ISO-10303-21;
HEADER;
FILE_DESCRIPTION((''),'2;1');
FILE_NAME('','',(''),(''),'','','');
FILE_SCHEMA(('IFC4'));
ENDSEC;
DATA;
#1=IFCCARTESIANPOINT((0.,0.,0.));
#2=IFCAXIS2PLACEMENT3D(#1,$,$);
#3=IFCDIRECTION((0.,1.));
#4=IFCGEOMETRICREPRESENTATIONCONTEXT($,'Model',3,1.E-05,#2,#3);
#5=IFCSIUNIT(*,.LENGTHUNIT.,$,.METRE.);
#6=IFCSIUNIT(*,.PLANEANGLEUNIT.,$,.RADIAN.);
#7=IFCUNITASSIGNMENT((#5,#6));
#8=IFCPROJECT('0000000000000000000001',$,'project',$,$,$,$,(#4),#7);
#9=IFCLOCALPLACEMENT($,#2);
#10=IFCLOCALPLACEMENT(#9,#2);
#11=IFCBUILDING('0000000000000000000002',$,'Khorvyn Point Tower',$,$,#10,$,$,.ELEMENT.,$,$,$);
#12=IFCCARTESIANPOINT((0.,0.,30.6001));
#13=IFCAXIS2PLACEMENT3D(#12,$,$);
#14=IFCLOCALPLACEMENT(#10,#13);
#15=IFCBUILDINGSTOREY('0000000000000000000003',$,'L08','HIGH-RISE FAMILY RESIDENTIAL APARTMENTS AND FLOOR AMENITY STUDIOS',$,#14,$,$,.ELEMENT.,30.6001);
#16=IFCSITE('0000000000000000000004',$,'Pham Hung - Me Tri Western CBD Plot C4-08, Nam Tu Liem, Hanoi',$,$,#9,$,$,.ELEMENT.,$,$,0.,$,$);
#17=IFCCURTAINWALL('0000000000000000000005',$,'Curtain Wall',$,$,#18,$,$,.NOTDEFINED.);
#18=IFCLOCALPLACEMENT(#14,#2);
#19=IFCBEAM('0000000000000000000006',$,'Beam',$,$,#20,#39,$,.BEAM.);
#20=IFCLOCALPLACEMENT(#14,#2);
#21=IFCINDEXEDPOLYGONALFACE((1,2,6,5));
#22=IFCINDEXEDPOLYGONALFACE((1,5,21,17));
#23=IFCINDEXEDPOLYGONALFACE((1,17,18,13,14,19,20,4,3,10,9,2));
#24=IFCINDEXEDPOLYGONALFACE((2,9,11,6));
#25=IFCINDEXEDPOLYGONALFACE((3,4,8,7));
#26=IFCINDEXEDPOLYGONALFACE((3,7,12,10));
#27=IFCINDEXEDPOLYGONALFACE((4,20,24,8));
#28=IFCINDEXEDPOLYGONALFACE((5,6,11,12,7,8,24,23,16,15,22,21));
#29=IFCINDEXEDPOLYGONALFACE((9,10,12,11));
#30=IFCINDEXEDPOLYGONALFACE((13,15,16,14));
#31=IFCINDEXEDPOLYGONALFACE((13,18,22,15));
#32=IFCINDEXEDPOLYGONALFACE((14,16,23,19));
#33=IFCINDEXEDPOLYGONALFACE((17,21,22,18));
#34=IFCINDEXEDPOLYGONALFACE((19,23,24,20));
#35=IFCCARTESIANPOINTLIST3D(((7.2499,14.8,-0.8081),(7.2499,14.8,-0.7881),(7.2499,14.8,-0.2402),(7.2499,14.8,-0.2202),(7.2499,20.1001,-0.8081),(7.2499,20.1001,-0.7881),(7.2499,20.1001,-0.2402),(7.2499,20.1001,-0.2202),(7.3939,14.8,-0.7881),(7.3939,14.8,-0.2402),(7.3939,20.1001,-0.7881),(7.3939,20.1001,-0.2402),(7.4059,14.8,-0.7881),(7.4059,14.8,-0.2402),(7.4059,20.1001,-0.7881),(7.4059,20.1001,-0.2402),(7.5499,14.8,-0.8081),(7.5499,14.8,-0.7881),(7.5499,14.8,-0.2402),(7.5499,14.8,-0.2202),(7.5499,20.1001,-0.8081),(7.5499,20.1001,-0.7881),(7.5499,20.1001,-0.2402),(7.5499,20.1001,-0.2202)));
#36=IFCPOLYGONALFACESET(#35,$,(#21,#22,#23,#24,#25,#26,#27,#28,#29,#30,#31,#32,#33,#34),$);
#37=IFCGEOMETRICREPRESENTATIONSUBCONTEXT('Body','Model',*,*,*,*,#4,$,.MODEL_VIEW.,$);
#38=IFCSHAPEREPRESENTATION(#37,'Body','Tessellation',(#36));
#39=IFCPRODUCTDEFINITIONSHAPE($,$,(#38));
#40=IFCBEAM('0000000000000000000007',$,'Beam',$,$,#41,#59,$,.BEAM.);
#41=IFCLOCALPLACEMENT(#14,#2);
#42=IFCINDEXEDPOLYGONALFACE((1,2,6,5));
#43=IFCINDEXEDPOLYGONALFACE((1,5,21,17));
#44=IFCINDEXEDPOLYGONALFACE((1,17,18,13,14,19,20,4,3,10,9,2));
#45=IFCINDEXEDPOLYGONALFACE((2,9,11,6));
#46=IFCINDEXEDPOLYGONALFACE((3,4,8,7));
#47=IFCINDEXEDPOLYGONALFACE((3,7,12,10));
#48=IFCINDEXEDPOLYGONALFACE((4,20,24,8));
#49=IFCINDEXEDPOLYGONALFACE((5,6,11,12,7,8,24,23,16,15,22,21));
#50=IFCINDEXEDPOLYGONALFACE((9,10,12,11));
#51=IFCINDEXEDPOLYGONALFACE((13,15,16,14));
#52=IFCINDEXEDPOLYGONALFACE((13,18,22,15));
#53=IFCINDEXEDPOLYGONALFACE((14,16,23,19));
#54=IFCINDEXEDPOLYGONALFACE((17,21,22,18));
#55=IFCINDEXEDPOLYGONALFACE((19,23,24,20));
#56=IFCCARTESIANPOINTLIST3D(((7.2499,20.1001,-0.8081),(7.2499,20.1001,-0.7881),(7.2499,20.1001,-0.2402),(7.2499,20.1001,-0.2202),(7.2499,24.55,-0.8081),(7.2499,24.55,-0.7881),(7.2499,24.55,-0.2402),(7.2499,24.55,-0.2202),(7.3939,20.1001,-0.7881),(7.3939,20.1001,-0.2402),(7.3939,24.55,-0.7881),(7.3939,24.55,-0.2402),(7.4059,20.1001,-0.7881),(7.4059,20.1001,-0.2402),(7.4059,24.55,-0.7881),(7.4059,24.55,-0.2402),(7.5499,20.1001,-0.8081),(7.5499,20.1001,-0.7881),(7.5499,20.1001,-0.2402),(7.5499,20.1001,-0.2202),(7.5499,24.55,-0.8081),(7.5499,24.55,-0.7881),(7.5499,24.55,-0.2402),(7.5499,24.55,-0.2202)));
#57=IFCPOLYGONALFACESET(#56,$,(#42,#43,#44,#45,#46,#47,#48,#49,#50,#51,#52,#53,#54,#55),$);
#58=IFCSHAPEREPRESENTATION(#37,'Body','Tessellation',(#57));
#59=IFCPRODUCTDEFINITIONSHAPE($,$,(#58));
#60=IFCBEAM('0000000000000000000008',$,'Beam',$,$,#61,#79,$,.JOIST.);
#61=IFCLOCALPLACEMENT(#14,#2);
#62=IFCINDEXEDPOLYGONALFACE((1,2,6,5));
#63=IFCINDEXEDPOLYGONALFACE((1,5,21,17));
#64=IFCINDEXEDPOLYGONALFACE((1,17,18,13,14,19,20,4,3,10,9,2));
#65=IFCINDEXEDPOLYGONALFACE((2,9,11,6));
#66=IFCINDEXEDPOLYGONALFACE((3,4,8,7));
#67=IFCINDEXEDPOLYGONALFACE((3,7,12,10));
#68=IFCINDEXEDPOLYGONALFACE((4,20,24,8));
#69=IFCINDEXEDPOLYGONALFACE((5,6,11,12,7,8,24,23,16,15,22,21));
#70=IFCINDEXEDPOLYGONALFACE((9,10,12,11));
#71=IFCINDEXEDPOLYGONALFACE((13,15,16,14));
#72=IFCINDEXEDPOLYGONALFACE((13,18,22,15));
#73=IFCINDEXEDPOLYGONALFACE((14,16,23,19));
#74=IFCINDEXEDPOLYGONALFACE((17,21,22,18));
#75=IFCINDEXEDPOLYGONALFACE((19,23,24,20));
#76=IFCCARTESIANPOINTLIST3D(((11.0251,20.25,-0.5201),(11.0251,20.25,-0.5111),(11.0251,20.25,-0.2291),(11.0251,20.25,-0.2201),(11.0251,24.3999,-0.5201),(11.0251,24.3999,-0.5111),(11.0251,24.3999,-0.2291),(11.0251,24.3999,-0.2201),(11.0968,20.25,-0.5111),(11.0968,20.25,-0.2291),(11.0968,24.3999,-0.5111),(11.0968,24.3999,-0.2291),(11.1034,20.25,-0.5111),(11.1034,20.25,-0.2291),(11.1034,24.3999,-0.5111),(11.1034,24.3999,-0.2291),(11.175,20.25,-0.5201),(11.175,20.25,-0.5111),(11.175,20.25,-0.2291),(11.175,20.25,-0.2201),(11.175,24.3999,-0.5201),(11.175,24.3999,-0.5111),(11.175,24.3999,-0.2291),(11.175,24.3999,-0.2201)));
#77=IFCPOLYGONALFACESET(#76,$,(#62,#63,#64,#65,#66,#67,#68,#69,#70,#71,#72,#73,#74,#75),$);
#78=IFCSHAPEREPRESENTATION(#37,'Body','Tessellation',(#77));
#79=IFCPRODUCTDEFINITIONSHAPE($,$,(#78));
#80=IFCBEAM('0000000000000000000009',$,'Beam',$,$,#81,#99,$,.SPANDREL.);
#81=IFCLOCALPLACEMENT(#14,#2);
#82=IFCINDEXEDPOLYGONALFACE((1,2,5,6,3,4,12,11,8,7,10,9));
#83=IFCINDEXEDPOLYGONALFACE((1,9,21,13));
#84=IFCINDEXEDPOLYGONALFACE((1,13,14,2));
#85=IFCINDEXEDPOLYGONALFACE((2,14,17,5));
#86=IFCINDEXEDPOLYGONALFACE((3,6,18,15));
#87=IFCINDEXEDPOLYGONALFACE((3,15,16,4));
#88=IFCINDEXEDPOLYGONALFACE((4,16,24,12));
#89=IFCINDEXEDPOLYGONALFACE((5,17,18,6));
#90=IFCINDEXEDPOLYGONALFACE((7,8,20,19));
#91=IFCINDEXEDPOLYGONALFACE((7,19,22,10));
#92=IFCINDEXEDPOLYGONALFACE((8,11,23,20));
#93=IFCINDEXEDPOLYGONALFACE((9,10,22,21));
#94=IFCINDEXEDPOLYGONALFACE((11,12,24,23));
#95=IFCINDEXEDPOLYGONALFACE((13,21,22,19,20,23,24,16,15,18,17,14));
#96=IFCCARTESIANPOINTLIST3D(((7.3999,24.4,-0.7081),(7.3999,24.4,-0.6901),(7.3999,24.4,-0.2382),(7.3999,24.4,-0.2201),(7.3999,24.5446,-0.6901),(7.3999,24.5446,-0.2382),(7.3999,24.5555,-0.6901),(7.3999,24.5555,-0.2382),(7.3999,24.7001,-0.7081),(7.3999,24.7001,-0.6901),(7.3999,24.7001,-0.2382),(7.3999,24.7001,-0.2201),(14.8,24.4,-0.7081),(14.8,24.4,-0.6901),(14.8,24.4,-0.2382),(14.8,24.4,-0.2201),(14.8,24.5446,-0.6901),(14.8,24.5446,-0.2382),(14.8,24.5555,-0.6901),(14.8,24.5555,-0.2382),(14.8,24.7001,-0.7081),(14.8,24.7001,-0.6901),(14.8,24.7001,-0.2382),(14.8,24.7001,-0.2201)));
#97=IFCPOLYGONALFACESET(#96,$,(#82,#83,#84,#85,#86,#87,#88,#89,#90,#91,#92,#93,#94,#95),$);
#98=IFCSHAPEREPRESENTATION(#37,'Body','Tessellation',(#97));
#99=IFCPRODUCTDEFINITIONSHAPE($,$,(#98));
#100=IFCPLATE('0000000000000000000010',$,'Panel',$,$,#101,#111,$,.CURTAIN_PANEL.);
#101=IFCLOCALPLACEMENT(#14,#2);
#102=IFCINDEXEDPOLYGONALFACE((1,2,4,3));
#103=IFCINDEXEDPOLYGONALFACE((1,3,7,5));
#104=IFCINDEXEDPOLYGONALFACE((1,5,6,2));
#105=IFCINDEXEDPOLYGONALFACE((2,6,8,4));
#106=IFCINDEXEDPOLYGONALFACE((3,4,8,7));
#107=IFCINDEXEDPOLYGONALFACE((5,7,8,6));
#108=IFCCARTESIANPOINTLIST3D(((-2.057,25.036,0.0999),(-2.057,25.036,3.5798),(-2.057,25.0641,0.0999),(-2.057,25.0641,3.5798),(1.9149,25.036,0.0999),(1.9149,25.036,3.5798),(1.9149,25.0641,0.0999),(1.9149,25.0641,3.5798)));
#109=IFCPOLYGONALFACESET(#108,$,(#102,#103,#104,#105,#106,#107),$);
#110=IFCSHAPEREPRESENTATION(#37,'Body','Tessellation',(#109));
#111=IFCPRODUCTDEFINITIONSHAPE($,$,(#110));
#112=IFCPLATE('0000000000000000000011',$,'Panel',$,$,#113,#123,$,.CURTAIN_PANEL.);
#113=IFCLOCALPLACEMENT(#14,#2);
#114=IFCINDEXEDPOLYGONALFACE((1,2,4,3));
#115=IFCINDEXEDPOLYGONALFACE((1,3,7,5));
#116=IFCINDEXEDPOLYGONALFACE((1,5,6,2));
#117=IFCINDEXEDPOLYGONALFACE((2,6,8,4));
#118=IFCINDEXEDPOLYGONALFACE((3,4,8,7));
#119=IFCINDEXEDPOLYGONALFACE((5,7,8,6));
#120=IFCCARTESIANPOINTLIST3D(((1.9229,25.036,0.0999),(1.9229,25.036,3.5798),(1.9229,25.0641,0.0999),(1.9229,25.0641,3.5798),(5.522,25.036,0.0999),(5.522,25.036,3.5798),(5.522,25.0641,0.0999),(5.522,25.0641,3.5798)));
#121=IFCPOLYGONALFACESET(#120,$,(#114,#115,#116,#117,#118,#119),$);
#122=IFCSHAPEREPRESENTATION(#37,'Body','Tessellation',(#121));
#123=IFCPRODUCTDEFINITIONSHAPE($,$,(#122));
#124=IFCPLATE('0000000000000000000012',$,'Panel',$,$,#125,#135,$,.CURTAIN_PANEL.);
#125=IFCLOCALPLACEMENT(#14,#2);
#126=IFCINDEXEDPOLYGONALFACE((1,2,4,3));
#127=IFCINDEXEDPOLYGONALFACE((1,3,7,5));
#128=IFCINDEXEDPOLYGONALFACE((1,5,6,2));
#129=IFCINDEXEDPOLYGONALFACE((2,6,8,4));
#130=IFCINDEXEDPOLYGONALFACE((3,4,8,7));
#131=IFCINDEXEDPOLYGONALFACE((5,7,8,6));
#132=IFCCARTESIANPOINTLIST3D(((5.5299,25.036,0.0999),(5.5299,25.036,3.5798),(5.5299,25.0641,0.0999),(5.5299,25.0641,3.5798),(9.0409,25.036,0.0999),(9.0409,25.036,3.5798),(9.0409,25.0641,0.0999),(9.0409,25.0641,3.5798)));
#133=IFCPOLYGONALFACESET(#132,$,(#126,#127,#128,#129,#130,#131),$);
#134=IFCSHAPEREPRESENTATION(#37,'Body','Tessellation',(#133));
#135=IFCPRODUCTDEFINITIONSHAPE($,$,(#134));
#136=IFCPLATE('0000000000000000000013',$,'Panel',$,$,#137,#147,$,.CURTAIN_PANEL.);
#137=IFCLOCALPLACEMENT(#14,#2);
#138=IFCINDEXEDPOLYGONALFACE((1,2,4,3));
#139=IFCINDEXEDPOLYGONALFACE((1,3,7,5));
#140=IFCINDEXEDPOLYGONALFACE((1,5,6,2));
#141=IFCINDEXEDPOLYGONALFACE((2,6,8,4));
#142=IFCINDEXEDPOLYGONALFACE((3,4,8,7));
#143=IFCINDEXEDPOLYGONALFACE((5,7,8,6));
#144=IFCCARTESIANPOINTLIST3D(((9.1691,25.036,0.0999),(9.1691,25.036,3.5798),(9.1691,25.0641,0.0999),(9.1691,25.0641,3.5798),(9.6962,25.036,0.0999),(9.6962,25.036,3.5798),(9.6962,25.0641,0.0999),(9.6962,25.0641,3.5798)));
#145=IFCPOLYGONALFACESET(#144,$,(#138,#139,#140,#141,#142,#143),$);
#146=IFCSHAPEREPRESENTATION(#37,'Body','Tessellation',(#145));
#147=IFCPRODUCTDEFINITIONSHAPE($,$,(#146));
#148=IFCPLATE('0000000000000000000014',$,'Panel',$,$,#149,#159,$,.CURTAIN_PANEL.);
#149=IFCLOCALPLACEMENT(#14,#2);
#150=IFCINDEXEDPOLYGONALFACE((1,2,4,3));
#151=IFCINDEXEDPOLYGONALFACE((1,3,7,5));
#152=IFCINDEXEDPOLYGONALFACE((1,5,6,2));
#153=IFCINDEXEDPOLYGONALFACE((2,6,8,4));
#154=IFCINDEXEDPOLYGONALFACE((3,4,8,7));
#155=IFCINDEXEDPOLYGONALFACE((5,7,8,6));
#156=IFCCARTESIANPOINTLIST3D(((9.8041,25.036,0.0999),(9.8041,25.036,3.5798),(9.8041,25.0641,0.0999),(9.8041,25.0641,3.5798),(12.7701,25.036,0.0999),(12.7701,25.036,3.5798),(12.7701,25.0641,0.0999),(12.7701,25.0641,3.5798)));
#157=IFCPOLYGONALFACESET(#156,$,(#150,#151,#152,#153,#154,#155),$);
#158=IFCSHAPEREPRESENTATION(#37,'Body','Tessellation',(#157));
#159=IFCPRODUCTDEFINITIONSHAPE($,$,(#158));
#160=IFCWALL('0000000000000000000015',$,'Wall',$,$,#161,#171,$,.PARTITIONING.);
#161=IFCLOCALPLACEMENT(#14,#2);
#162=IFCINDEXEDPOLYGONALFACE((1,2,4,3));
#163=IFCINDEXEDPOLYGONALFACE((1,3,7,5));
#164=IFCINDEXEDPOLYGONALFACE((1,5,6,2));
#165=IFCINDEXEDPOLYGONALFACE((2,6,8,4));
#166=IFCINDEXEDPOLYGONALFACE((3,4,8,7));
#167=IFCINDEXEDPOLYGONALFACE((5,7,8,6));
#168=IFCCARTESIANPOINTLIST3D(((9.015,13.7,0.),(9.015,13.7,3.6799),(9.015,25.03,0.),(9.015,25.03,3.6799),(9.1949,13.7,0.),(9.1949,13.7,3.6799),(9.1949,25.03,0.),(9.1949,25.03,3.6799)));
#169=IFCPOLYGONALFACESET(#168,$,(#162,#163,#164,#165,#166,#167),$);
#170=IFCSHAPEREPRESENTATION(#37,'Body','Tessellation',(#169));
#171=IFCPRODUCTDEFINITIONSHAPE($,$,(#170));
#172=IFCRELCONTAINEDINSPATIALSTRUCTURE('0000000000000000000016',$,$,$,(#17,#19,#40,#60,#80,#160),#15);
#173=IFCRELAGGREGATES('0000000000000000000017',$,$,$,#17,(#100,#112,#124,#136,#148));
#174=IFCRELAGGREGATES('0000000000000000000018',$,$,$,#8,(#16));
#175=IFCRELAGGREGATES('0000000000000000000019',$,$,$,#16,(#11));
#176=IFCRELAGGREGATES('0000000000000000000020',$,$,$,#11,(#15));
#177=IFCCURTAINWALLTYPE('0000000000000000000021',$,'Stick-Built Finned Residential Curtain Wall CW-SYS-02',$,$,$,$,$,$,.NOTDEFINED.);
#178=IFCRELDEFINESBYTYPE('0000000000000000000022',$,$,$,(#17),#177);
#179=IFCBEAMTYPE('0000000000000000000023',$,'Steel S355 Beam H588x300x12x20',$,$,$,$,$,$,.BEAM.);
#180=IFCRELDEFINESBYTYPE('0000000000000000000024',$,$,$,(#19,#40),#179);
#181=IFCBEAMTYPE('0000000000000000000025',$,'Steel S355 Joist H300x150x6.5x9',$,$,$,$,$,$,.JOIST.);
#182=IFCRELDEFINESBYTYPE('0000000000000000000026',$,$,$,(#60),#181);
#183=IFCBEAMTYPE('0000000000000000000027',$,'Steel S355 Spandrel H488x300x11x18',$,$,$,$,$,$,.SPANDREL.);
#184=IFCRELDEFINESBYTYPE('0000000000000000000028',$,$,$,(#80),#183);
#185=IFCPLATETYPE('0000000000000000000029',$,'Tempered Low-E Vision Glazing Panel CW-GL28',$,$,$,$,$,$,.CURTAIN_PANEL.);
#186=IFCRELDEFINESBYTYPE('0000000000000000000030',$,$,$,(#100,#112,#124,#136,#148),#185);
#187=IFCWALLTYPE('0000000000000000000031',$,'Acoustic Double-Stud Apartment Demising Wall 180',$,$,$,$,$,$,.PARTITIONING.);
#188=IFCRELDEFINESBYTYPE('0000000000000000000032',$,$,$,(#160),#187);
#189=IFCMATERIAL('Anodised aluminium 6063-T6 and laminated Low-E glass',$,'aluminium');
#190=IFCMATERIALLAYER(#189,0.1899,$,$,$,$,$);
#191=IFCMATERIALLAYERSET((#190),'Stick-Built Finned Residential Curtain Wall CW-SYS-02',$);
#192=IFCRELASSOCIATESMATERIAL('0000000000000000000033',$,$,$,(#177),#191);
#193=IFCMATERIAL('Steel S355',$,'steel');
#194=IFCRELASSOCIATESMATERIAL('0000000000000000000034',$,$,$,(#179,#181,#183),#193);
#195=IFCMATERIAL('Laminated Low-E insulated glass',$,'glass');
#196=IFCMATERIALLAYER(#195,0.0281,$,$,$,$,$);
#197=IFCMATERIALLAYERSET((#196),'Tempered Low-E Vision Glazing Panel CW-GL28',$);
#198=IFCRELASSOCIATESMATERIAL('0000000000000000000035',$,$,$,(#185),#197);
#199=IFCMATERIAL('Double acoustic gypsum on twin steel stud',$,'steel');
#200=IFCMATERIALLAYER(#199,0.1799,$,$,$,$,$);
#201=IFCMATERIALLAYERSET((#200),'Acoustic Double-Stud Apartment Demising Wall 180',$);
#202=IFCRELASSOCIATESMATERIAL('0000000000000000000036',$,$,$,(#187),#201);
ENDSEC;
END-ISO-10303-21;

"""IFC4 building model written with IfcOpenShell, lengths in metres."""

from ifc_helpers import new_model, si_unit, direction, frame, frame_2d, origin, origin_2d, place, context, subcontext, project, spatial, rectangle, i_section, extrude, material, layer, layer_set, material_profile, profile_set, type_object, element, aggregate, save


model = new_model("IFC4")

# Units and contexts
model_context = context("Model", 3, precision=1e-05, world=origin(), true_north=direction((0.0, 1.0)))
body_context = subcontext(model_context, "Body", "Model", "MODEL_VIEW")
ifc_project = project(units=[si_unit("LENGTHUNIT", "METRE"), si_unit("PLANEANGLEUNIT", "RADIAN")], contexts=[model_context])

# Site, building, storey
site_placement = place(None, origin())
site = spatial("IfcSite", under=ifc_project, at=site_placement, Name="Pham Hung - Me Tri Western CBD Plot C4-08, Nam Tu Liem, Hanoi", CompositionType="ELEMENT", RefElevation=0.0)
building_placement = place(site_placement, origin())
building = spatial("IfcBuilding", under=site, at=building_placement, Name="Khorvyn Point Tower", CompositionType="ELEMENT")
storey_placement = place(building_placement, frame((0.0, 0.0, 30.6001)))
storey = spatial("IfcBuildingStorey", under=building, at=storey_placement, Name="L08", Description="HIGH-RISE FAMILY RESIDENTIAL APARTMENTS AND FLOOR AMENITY STUDIOS", CompositionType="ELEMENT", Elevation=30.6001)

# Curtain wall
ifc_material_1 = material(Name="Anodised aluminium 6063-T6 and laminated Low-E glass", Category="aluminium")
ifc_layer_1 = layer(ifc_material_1, 0.1899)
ifc_layer_set_1 = layer_set([ifc_layer_1], Name="Stick-Built Finned Residential Curtain Wall CW-SYS-02")
curtain_wall_type = type_object("IfcCurtainWallType", Name="Stick-Built Finned Residential Curtain Wall CW-SYS-02", PredefinedType="NOTDEFINED", material=ifc_layer_set_1)
curtain_wall_placement = place(storey_placement, origin())
curtain_wall = element("IfcCurtainWall", 1, at=curtain_wall_placement, inside=storey, type_object=curtain_wall_type, Name="Curtain Wall", PredefinedType="NOTDEFINED")

# Beams
ifc_material_2 = material(Name="Steel S355", Category="steel")
ifc_material_profile_1 = material_profile(ifc_material_2, i_section(OverallWidth=0.3, OverallDepth=0.5879, WebThickness=0.012, FlangeThickness=0.02, at=origin_2d()))
ifc_profile_set_1 = profile_set([ifc_material_profile_1], Name="Steel S355 H588x300x12x20")
beam_type_1 = type_object("IfcBeamType", Name="Steel S355 Beam H588x300x12x20", PredefinedType="BEAM", material=ifc_profile_set_1)
beam_1_placement = place(storey_placement, frame((7.3999, 14.8, -0.5142), z_axis=(0.0, 1.0, 0.0), x_axis=(-1.0, 0.0, 0.0)))
element("IfcBeam", 2, at=beam_1_placement, inside=storey, type_object=beam_type_1, Name="Beam", PredefinedType="BEAM", context=body_context, shape_type="SweptSolid", body=[
    extrude(i_section(OverallWidth=0.3, OverallDepth=0.5879, WebThickness=0.012, FlangeThickness=0.02, at=origin_2d()), origin(), (0.0, 0.0, 1.0), 5.3),
])
beam_2_placement = place(storey_placement, frame((7.3999, 20.1001, -0.5142), z_axis=(0.0, 1.0, 0.0), x_axis=(-1.0, 0.0, 0.0)))
element("IfcBeam", 3, at=beam_2_placement, inside=storey, type_object=beam_type_1, Name="Beam", PredefinedType="BEAM", context=body_context, shape_type="SweptSolid", body=[
    extrude(i_section(OverallWidth=0.3, OverallDepth=0.5879, WebThickness=0.012, FlangeThickness=0.02, at=origin_2d()), origin(), (0.0, 0.0, 1.0), 4.45),
])
ifc_material_profile_2 = material_profile(ifc_material_2, i_section(OverallWidth=0.1499, OverallDepth=0.3, WebThickness=0.0066, FlangeThickness=0.009, at=origin_2d()))
ifc_profile_set_2 = profile_set([ifc_material_profile_2], Name="Steel S355 H300x150x6.5x9")
beam_type_2 = type_object("IfcBeamType", Name="Steel S355 Joist H300x150x6.5x9", PredefinedType="JOIST", material=ifc_profile_set_2)
beam_3_placement = place(storey_placement, frame((11.1001, 20.25, -0.3701), z_axis=(0.0, 1.0, 0.0), x_axis=(-1.0, 0.0, 0.0)))
element("IfcBeam", 4, at=beam_3_placement, inside=storey, type_object=beam_type_2, Name="Beam", PredefinedType="JOIST", context=body_context, shape_type="SweptSolid", body=[
    extrude(i_section(OverallWidth=0.1499, OverallDepth=0.3, WebThickness=0.0066, FlangeThickness=0.009, at=origin_2d()), origin(), (0.0, 0.0, 1.0), 4.1499),
])
ifc_material_profile_3 = material_profile(ifc_material_2, i_section(OverallWidth=0.3, OverallDepth=0.488, WebThickness=0.011, FlangeThickness=0.0181, at=origin_2d()))
ifc_profile_set_3 = profile_set([ifc_material_profile_3], Name="Steel S355 H488x300x11x18")
beam_type_3 = type_object("IfcBeamType", Name="Steel S355 Spandrel H488x300x11x18", PredefinedType="SPANDREL", material=ifc_profile_set_3)
beam_4_placement = place(storey_placement, frame((7.3999, 24.55, -0.4641), z_axis=(1.0, 0.0, 0.0), x_axis=(0.0, 1.0, 0.0)))
element("IfcBeam", 5, at=beam_4_placement, inside=storey, type_object=beam_type_3, Name="Beam", PredefinedType="SPANDREL", context=body_context, shape_type="SweptSolid", body=[
    extrude(i_section(OverallWidth=0.3, OverallDepth=0.488, WebThickness=0.011, FlangeThickness=0.0181, at=origin_2d()), origin(), (0.0, 0.0, 1.0), 7.4001),
])

# Plates
ifc_material_3 = material(Name="Laminated Low-E insulated glass", Category="glass")
ifc_layer_2 = layer(ifc_material_3, 0.0281)
ifc_layer_set_2 = layer_set([ifc_layer_2], Name="Tempered Low-E Vision Glazing Panel CW-GL28")
plate_type = type_object("IfcPlateType", Name="Tempered Low-E Vision Glazing Panel CW-GL28", PredefinedType="CURTAIN_PANEL", material=ifc_layer_set_2)
plate_1_placement = place(storey_placement, frame((-0.071, 25.05, 0.0999), z_axis=(0.0, 0.0, 1.0), x_axis=(1.0, 0.0, 0.0)))
plate_1 = element("IfcPlate", 6, at=plate_1_placement, type_object=plate_type, Name="Panel", PredefinedType="CURTAIN_PANEL", context=body_context, shape_type="SweptSolid", body=[
    extrude(rectangle(XDim=3.9719, YDim=0.0281, at=origin_2d()), origin(), (0.0, 0.0, 1.0), 3.48),
])
plate_2_placement = place(storey_placement, frame((3.7224, 25.05, 0.0999), z_axis=(0.0, 0.0, 1.0), x_axis=(1.0, 0.0, 0.0)))
plate_2 = element("IfcPlate", 7, at=plate_2_placement, type_object=plate_type, Name="Panel", PredefinedType="CURTAIN_PANEL", context=body_context, shape_type="SweptSolid", body=[
    extrude(rectangle(XDim=3.5991, YDim=0.0281, at=origin_2d()), origin(), (0.0, 0.0, 1.0), 3.48),
])
plate_3_placement = place(storey_placement, frame((7.2854, 25.05, 0.0999), z_axis=(0.0, 0.0, 1.0), x_axis=(1.0, 0.0, 0.0)))
plate_3 = element("IfcPlate", 8, at=plate_3_placement, type_object=plate_type, Name="Panel", PredefinedType="CURTAIN_PANEL", context=body_context, shape_type="SweptSolid", body=[
    extrude(rectangle(XDim=3.511, YDim=0.0281, at=origin_2d()), origin(), (0.0, 0.0, 1.0), 3.48),
])
plate_4_placement = place(storey_placement, frame((9.4326, 25.05, 0.0999), z_axis=(0.0, 0.0, 1.0), x_axis=(1.0, 0.0, 0.0)))
plate_4 = element("IfcPlate", 9, at=plate_4_placement, type_object=plate_type, Name="Panel", PredefinedType="CURTAIN_PANEL", context=body_context, shape_type="SweptSolid", body=[
    extrude(rectangle(XDim=0.5271, YDim=0.0281, at=origin_2d()), origin(), (0.0, 0.0, 1.0), 3.48),
])
plate_5_placement = place(storey_placement, frame((11.2871, 25.05, 0.0999), z_axis=(0.0, 0.0, 1.0), x_axis=(1.0, 0.0, 0.0)))
plate_5 = element("IfcPlate", 10, at=plate_5_placement, type_object=plate_type, Name="Panel", PredefinedType="CURTAIN_PANEL", context=body_context, shape_type="SweptSolid", body=[
    extrude(rectangle(XDim=2.9661, YDim=0.0281, at=origin_2d()), origin(), (0.0, 0.0, 1.0), 3.48),
])
aggregate(curtain_wall, [plate_1, plate_2, plate_3, plate_4, plate_5])

# Wall
ifc_material_4 = material(Name="Double acoustic gypsum on twin steel stud", Category="steel")
ifc_layer_3 = layer(ifc_material_4, 0.1799)
ifc_layer_set_3 = layer_set([ifc_layer_3], Name="Acoustic Double-Stud Apartment Demising Wall 180")
wall_type_1 = type_object("IfcWallType", Name="Acoustic Double-Stud Apartment Demising Wall 180", PredefinedType="PARTITIONING", material=ifc_layer_set_3)
wall_1_placement = place(storey_placement, frame((9.105, 13.7, 0.0), z_axis=(0.0, 0.0, 1.0), x_axis=(0.0, 1.0, 0.0)))
element("IfcWall", 11, at=wall_1_placement, inside=storey, type_object=wall_type_1, Name="Wall", PredefinedType="PARTITIONING", context=body_context, shape_type="SweptSolid", body=[
    extrude(rectangle(XDim=11.3301, YDim=0.1799, at=frame_2d((5.665, 0.0))), origin(), (0.0, 0.0, 1.0), 3.6799),
])

save(model, "model.ifc")
